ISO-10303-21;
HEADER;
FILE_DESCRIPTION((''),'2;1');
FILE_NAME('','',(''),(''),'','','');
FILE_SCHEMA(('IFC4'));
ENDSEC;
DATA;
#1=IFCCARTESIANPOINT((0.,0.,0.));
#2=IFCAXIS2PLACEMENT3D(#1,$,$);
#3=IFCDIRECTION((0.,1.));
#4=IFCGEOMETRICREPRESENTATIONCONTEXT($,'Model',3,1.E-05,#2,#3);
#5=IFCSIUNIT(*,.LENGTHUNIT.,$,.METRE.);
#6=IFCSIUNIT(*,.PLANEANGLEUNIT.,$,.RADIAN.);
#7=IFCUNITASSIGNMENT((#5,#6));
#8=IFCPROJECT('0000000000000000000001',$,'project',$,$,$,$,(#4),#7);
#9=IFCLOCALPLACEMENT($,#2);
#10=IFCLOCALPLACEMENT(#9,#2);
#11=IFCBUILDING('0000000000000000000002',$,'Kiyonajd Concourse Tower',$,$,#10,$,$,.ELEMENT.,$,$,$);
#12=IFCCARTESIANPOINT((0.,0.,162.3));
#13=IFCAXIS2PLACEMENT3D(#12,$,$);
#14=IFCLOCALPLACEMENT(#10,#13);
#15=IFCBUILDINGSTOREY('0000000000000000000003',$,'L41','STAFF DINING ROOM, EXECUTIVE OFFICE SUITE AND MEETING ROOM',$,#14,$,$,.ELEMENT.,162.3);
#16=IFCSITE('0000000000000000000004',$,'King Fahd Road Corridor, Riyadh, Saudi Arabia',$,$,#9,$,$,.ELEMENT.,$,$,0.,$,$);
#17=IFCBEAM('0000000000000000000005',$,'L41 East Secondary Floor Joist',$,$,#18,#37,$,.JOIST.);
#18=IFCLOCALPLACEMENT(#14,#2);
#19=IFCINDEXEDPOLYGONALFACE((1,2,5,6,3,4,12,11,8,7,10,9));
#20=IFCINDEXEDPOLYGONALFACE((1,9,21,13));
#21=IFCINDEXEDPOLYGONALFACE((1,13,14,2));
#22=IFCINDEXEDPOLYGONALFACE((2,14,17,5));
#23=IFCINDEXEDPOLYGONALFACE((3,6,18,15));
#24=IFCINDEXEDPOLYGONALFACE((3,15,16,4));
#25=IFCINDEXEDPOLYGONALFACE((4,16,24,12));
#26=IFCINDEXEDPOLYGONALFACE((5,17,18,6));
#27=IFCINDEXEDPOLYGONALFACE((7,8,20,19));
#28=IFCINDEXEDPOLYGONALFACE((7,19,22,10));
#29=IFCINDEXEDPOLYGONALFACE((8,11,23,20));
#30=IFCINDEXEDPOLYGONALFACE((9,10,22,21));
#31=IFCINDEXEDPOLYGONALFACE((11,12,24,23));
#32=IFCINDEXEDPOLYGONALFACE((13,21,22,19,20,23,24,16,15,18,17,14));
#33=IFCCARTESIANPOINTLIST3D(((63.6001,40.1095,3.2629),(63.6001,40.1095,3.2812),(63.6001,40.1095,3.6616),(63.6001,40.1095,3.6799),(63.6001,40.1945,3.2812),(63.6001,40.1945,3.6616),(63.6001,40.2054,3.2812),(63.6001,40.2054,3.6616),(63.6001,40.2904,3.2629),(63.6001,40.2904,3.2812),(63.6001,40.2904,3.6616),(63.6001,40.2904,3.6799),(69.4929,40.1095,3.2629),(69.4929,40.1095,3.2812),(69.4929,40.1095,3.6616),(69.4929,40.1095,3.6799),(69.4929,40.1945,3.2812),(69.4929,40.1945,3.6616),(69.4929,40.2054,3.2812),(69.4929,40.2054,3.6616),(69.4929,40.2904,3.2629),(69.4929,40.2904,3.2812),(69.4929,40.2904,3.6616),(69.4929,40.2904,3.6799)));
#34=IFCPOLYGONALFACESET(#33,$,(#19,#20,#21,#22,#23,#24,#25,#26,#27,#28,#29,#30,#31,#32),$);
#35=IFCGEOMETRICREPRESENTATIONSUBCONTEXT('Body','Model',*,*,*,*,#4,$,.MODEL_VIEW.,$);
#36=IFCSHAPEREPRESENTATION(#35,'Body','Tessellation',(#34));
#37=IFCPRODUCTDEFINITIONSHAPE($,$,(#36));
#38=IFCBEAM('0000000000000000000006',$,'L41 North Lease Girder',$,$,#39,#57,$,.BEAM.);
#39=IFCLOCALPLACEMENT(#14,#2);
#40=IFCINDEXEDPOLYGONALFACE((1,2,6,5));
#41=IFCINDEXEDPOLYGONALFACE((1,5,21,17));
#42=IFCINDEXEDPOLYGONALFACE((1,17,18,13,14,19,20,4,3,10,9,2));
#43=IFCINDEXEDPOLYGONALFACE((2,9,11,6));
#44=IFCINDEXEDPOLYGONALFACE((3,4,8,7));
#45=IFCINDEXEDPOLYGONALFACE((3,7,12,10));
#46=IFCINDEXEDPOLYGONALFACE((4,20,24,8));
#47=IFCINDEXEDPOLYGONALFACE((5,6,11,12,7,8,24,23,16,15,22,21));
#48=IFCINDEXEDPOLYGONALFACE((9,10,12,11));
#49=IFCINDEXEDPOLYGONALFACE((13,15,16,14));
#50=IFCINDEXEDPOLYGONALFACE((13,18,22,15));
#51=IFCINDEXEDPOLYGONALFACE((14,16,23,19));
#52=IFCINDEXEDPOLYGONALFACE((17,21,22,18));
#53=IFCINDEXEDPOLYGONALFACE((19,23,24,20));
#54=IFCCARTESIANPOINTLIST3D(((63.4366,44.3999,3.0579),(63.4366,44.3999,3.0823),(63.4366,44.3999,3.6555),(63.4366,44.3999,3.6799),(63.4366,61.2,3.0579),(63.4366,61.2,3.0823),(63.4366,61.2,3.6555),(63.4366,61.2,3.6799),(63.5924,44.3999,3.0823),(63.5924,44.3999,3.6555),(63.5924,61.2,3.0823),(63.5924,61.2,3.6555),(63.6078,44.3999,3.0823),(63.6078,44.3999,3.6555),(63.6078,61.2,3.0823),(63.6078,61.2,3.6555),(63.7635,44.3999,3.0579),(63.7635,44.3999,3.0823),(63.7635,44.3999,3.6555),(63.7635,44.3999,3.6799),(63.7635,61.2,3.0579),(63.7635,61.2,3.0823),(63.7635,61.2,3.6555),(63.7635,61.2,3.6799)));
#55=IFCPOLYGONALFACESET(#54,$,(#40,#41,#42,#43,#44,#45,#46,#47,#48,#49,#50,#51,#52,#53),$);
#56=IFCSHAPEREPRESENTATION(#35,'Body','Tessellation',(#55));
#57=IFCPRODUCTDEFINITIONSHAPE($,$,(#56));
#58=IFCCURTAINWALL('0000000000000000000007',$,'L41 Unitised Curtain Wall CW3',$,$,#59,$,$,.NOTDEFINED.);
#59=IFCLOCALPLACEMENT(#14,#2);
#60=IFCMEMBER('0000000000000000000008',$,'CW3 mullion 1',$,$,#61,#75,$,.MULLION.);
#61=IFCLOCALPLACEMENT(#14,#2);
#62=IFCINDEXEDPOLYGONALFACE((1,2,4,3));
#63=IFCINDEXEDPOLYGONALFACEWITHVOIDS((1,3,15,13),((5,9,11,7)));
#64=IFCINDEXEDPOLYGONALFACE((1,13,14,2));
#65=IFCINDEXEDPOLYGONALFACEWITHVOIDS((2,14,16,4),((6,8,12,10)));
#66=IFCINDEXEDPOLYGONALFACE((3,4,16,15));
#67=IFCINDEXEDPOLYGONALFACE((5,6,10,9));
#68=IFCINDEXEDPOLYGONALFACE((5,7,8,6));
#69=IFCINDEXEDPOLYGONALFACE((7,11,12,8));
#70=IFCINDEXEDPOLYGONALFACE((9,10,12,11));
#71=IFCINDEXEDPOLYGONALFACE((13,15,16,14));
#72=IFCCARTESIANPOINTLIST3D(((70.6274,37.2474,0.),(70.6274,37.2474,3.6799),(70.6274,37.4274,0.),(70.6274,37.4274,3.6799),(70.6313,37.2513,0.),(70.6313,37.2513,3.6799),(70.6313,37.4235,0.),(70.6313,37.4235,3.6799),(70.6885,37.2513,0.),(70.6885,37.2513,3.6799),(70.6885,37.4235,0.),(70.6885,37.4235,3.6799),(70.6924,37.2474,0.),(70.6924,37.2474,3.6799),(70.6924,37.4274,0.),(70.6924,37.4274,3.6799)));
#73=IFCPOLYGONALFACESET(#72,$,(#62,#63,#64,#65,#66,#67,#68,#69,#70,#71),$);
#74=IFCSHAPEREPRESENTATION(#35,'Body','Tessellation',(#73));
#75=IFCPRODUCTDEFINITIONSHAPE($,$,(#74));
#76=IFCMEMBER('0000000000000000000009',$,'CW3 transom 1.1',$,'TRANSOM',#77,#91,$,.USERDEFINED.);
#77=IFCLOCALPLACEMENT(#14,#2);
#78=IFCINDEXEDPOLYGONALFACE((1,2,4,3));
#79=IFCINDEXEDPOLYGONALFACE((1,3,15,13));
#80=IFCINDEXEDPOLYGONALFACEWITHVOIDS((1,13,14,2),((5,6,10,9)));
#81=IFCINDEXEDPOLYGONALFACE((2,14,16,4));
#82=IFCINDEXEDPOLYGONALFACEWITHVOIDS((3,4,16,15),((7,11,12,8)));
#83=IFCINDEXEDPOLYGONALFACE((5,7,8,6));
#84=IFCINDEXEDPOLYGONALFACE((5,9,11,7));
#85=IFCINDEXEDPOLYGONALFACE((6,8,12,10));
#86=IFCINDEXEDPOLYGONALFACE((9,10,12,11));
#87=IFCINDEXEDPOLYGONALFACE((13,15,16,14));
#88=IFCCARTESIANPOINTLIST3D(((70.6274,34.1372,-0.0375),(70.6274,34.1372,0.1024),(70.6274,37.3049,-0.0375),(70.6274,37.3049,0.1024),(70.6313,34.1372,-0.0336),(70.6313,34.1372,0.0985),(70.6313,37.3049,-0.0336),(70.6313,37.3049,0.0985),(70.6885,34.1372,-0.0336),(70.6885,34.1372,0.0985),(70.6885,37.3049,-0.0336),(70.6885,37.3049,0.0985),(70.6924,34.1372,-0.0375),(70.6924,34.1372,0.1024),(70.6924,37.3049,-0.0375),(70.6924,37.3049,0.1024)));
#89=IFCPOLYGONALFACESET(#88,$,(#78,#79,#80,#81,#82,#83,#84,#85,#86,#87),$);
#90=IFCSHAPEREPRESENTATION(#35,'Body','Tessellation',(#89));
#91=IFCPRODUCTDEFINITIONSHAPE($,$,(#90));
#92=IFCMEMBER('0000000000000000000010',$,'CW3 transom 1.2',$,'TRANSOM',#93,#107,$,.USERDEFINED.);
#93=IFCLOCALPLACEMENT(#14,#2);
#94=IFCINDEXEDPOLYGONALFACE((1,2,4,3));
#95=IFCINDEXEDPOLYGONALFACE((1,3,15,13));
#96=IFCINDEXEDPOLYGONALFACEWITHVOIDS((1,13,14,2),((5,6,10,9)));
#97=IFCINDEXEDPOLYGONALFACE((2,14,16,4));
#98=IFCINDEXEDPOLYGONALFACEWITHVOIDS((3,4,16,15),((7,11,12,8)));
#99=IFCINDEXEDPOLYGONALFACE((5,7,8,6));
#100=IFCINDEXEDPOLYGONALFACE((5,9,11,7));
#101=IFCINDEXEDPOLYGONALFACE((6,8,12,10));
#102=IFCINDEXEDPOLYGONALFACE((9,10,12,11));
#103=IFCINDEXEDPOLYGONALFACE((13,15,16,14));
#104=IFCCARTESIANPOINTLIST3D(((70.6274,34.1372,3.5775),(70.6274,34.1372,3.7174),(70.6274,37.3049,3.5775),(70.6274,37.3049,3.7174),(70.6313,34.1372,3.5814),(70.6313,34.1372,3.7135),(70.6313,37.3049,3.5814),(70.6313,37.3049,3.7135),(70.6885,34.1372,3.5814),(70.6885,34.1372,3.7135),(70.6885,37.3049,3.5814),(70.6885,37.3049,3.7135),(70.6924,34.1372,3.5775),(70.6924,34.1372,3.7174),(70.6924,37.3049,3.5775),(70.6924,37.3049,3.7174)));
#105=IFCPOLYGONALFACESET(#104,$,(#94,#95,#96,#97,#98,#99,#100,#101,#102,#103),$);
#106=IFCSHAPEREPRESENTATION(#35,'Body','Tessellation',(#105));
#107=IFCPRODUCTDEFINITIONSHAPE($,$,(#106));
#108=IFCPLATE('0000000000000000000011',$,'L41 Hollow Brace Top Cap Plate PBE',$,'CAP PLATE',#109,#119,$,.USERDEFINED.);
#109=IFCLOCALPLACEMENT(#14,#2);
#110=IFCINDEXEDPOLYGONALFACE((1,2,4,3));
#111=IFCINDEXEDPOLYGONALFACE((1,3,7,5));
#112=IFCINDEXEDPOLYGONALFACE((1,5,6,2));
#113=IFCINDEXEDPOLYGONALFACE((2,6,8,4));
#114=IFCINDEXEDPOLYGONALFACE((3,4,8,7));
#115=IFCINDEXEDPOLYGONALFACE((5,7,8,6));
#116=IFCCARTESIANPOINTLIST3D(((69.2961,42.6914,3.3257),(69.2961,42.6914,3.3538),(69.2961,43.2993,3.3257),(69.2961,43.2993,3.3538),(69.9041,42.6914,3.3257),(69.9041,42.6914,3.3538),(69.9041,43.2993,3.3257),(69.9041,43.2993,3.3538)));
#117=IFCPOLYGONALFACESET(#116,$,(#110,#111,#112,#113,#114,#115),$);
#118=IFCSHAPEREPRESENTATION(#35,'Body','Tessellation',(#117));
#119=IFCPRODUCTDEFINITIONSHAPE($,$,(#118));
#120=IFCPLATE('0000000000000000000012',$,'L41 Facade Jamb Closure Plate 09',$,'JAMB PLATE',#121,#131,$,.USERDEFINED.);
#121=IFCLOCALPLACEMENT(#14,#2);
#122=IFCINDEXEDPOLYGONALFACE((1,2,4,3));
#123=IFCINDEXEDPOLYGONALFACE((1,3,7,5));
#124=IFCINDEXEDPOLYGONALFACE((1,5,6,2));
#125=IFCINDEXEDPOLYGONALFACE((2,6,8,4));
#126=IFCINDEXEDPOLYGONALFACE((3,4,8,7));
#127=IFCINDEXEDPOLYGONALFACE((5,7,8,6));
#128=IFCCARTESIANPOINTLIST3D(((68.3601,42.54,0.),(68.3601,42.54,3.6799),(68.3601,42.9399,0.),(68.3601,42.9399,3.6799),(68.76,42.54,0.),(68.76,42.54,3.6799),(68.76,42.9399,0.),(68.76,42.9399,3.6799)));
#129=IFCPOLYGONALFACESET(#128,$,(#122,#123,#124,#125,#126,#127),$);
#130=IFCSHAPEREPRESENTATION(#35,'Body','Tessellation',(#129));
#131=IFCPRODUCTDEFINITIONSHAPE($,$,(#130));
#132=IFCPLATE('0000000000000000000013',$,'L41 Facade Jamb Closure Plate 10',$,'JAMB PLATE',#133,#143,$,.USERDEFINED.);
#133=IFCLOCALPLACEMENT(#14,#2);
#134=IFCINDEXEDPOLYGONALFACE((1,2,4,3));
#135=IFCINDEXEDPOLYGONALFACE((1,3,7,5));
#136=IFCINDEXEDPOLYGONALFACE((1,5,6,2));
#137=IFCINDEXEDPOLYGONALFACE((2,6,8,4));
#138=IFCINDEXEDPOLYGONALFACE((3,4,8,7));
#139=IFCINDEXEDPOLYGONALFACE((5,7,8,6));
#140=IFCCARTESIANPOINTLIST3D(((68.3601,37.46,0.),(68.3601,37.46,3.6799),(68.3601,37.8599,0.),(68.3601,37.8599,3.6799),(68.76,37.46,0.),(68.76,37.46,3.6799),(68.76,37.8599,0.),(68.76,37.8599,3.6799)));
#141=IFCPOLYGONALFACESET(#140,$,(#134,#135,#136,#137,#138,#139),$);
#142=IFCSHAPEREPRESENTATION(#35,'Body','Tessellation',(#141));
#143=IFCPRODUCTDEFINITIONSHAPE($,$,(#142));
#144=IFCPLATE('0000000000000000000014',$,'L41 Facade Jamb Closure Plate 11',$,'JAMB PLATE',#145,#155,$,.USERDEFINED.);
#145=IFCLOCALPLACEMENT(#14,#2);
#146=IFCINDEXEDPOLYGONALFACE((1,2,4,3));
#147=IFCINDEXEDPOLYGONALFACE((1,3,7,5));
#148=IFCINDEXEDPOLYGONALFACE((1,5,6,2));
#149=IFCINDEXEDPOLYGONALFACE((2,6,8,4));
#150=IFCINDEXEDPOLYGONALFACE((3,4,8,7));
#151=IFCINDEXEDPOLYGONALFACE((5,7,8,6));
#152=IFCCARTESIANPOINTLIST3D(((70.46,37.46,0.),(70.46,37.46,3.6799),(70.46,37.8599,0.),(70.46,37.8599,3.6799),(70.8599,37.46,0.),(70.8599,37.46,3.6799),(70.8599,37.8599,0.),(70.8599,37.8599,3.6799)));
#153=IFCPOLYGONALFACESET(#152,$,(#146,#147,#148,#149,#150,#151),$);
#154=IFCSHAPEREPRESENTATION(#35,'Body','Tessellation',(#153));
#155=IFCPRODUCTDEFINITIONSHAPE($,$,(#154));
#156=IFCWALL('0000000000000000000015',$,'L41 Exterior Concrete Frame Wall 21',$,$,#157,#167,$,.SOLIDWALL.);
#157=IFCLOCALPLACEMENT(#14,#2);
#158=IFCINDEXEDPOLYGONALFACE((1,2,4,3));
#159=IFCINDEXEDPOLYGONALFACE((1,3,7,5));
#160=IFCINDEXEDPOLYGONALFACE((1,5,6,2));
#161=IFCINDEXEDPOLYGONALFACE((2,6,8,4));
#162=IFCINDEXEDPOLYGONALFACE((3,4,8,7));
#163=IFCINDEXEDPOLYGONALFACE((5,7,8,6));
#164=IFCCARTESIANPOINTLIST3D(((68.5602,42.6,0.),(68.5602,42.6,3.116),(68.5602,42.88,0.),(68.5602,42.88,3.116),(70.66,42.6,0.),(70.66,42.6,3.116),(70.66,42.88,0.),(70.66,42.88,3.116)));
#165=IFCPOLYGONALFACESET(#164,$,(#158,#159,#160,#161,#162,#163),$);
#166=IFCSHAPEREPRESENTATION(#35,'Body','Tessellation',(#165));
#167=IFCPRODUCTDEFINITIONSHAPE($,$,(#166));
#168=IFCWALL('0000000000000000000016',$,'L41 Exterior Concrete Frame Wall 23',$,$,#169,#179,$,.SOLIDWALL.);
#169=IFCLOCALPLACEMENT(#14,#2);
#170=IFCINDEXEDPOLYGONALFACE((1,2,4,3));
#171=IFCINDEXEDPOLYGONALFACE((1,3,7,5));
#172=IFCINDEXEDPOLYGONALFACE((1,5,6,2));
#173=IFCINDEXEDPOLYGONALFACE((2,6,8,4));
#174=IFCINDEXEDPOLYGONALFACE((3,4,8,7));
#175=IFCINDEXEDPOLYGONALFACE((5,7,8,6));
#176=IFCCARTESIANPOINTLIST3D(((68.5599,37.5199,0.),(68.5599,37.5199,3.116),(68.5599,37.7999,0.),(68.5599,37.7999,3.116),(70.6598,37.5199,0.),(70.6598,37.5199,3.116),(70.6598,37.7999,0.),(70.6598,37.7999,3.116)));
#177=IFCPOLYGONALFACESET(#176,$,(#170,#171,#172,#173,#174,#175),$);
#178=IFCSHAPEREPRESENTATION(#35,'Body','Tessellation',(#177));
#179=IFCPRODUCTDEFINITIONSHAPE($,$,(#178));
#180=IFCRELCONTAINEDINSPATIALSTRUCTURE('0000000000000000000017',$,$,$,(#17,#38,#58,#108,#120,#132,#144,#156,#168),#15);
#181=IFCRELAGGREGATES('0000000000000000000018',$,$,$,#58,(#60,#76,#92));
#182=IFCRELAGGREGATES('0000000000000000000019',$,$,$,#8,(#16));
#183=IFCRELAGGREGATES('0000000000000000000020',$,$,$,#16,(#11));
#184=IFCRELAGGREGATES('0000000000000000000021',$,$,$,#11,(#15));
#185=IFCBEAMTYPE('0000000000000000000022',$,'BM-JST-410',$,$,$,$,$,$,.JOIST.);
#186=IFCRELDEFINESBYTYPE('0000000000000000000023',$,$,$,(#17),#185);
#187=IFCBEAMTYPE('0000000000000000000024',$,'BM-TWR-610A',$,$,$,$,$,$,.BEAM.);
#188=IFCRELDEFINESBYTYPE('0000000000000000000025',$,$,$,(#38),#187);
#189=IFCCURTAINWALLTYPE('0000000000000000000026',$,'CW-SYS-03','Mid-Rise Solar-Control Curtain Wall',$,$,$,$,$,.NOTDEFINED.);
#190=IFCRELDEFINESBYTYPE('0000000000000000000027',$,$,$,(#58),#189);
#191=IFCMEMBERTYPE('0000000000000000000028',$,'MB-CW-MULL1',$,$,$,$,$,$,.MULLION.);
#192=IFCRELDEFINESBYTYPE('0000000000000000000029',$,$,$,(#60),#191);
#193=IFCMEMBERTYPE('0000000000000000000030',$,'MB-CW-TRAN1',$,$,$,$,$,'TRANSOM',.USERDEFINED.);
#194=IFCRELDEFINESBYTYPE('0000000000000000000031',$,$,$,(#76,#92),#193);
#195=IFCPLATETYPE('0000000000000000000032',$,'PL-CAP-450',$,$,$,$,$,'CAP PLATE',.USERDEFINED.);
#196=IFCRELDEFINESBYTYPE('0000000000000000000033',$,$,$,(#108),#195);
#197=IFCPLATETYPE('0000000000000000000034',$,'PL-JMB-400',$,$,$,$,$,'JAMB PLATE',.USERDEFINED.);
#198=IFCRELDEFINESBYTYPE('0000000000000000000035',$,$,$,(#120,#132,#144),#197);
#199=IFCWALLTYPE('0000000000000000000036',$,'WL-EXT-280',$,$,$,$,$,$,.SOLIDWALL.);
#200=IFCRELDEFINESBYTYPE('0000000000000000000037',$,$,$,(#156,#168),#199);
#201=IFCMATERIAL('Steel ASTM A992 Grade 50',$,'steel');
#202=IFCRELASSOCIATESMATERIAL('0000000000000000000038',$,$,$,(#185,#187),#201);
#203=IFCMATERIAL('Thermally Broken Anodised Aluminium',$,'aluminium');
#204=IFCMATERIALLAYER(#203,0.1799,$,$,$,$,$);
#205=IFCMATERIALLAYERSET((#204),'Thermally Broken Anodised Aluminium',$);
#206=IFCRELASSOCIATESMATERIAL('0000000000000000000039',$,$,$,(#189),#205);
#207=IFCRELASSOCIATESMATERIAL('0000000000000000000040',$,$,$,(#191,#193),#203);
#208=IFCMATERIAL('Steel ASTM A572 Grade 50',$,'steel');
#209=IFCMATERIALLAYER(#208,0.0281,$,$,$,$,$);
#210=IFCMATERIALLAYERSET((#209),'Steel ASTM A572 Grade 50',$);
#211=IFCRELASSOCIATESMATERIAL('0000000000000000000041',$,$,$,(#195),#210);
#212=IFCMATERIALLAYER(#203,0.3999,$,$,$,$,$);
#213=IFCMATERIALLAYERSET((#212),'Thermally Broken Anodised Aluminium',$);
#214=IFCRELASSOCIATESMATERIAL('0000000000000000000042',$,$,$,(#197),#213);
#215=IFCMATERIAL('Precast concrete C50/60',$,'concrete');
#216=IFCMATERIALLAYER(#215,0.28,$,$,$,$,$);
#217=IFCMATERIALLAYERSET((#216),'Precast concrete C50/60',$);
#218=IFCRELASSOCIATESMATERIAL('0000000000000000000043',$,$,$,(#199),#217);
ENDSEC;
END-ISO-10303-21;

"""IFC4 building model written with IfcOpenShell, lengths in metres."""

from ifc_helpers import new_model, si_unit, direction, frame, frame_2d, origin, origin_2d, place, context, subcontext, project, spatial, rectangle, hollow_rectangle, i_section, extrude, material, layer, layer_set, material_profile, profile_set, type_object, element, aggregate, save


model = new_model("IFC4")

# Units and contexts
model_context = context("Model", 3, precision=1e-05, world=origin(), true_north=direction((0.0, 1.0)))
body_context = subcontext(model_context, "Body", "Model", "MODEL_VIEW")
ifc_project = project(units=[si_unit("LENGTHUNIT", "METRE"), si_unit("PLANEANGLEUNIT", "RADIAN")], contexts=[model_context])

# Site, building, storey
site_placement = place(None, origin())
site = spatial("IfcSite", under=ifc_project, at=site_placement, Name="King Fahd Road Corridor, Riyadh, Saudi Arabia", CompositionType="ELEMENT", RefElevation=0.0)
building_placement = place(site_placement, origin())
building = spatial("IfcBuilding", under=site, at=building_placement, Name="Kiyonajd Concourse Tower", CompositionType="ELEMENT")
storey_placement = place(building_placement, frame((0.0, 0.0, 162.3)))
storey = spatial("IfcBuildingStorey", under=building, at=storey_placement, Name="L41", Description="STAFF DINING ROOM, EXECUTIVE OFFICE SUITE AND MEETING ROOM", CompositionType="ELEMENT", Elevation=162.3)

# Beams
ifc_material_1 = material(Name="Steel ASTM A992 Grade 50", Category="steel")
ifc_material_profile_1 = material_profile(ifc_material_1, i_section(OverallWidth=0.1809, OverallDepth=0.417, WebThickness=0.011, FlangeThickness=0.0183, at=origin_2d()), Name="W410X85")
ifc_profile_set_1 = profile_set([ifc_material_profile_1], Name="Steel ASTM A992 Grade 50")
beam_type_1 = type_object("IfcBeamType", Name="BM-JST-410", PredefinedType="JOIST", material=ifc_profile_set_1)
beam_1_placement = place(storey_placement, frame((63.6001, 40.2, 3.4714), z_axis=(1.0, 0.0, 0.0), x_axis=(0.0, 1.0, 0.0)))
element("IfcBeam", 1, at=beam_1_placement, inside=storey, type_object=beam_type_1, Name="L41 East Secondary Floor Joist", PredefinedType="JOIST", context=body_context, shape_type="SweptSolid", body=[
    extrude(i_section(OverallWidth=0.1809, OverallDepth=0.417, WebThickness=0.011, FlangeThickness=0.0183, at=origin_2d()), origin(), (0.0, 0.0, 1.0), 5.8928),
])
ifc_material_profile_2 = material_profile(ifc_material_1, i_section(OverallWidth=0.3269, OverallDepth=0.6221, WebThickness=0.0154, FlangeThickness=0.0244, at=origin_2d()), Name="W610X195")
ifc_profile_set_2 = profile_set([ifc_material_profile_2], Name="Steel ASTM A992 Grade 50")
beam_type_2 = type_object("IfcBeamType", Name="BM-TWR-610A", PredefinedType="BEAM", material=ifc_profile_set_2)
beam_2_placement = place(storey_placement, frame((63.6001, 44.3999, 3.3689), z_axis=(0.0, 1.0, 0.0), x_axis=(-1.0, 0.0, 0.0)))
element("IfcBeam", 2, at=beam_2_placement, inside=storey, type_object=beam_type_2, Name="L41 North Lease Girder", PredefinedType="BEAM", context=body_context, shape_type="SweptSolid", body=[
    extrude(i_section(OverallWidth=0.3269, OverallDepth=0.6221, WebThickness=0.0154, FlangeThickness=0.0244, at=origin_2d()), origin(), (0.0, 0.0, 1.0), 16.8),
])

# Curtain wall, members
ifc_material_2 = material(Name="Thermally Broken Anodised Aluminium", Category="aluminium")
ifc_layer_1 = layer(ifc_material_2, 0.1799)
ifc_layer_set_1 = layer_set([ifc_layer_1], Name="Thermally Broken Anodised Aluminium")
curtain_wall_type = type_object("IfcCurtainWallType", Name="CW-SYS-03", Description="Mid-Rise Solar-Control Curtain Wall", PredefinedType="NOTDEFINED", material=ifc_layer_set_1)
curtain_wall_placement = place(storey_placement, origin())
curtain_wall = element("IfcCurtainWall", 3, at=curtain_wall_placement, inside=storey, type_object=curtain_wall_type, Name="L41 Unitised Curtain Wall CW3", PredefinedType="NOTDEFINED")
ifc_material_profile_3 = material_profile(ifc_material_2, hollow_rectangle(XDim=0.0649, YDim=0.1799, WallThickness=0.0039, at=origin_2d()), Name="MULL-65x180")
ifc_profile_set_3 = profile_set([ifc_material_profile_3], Name="Thermally Broken Anodised Aluminium")
member_type_1 = type_object("IfcMemberType", Name="MB-CW-MULL1", PredefinedType="MULLION", material=ifc_profile_set_3)
member_1_placement = place(storey_placement, frame((70.6599, 37.3374, 0.0), z_axis=(0.0, 0.0, 1.0), x_axis=(1.0, 0.0, 0.0)))
member_1 = element("IfcMember", 4, at=member_1_placement, type_object=member_type_1, Name="CW3 mullion 1", PredefinedType="MULLION", context=body_context, shape_type="SweptSolid", body=[
    extrude(hollow_rectangle(XDim=0.0649, YDim=0.1799, WallThickness=0.0039, at=origin_2d()), origin(), (0.0, 0.0, 1.0), 3.6799),
])
ifc_material_profile_4 = material_profile(ifc_material_2, hollow_rectangle(XDim=0.0649, YDim=0.1399, WallThickness=0.0039, at=origin_2d()), Name="TRAN-65x140")
ifc_profile_set_4 = profile_set([ifc_material_profile_4], Name="Thermally Broken Anodised Aluminium")
member_type_2 = type_object("IfcMemberType", Name="MB-CW-TRAN1", ElementType="TRANSOM", PredefinedType="USERDEFINED", material=ifc_profile_set_4)
member_2_placement = place(storey_placement, frame((70.6599, 37.3049, 0.0325), z_axis=(0.0, -1.0, 0.0), x_axis=(1.0, 0.0, 0.0)))
member_2 = element("IfcMember", 5, at=member_2_placement, type_object=member_type_2, Name="CW3 transom 1.1", ObjectType="TRANSOM", PredefinedType="USERDEFINED", context=body_context, shape_type="SweptSolid", body=[
    extrude(hollow_rectangle(XDim=0.0649, YDim=0.1399, WallThickness=0.0039, at=origin_2d()), origin(), (0.0, 0.0, 1.0), 3.1677),
])
member_3_placement = place(storey_placement, frame((70.6599, 37.3049, 3.6475), z_axis=(0.0, -1.0, 0.0), x_axis=(1.0, 0.0, 0.0)))
member_3 = element("IfcMember", 6, at=member_3_placement, type_object=member_type_2, Name="CW3 transom 1.2", ObjectType="TRANSOM", PredefinedType="USERDEFINED", context=body_context, shape_type="SweptSolid", body=[
    extrude(hollow_rectangle(XDim=0.0649, YDim=0.1399, WallThickness=0.0039, at=origin_2d()), origin(), (0.0, 0.0, 1.0), 3.1677),
])
aggregate(curtain_wall, [member_1, member_2, member_3])

# Plates
ifc_material_3 = material(Name="Steel ASTM A572 Grade 50", Category="steel")
ifc_layer_2 = layer(ifc_material_3, 0.0281)
ifc_layer_set_2 = layer_set([ifc_layer_2], Name="Steel ASTM A572 Grade 50")
plate_type_1 = type_object("IfcPlateType", Name="PL-CAP-450", ElementType="CAP PLATE", PredefinedType="USERDEFINED", material=ifc_layer_set_2)
plate_placement = place(storey_placement, frame((69.6001, 42.9954, 3.3257), z_axis=(0.0, 0.0, 1.0), x_axis=(1.0, 0.0, 0.0)))
element("IfcPlate", 7, at=plate_placement, inside=storey, type_object=plate_type_1, Name="L41 Hollow Brace Top Cap Plate PBE", ObjectType="CAP PLATE", PredefinedType="USERDEFINED", context=body_context, shape_type="SweptSolid", body=[
    extrude(rectangle(XDim=0.6079, YDim=0.6079, at=origin_2d()), origin(), (0.0, 0.0, 1.0), 0.0281),
])
ifc_layer_3 = layer(ifc_material_2, 0.3999)
ifc_layer_set_3 = layer_set([ifc_layer_3], Name="Thermally Broken Anodised Aluminium")
plate_type_2 = type_object("IfcPlateType", Name="PL-JMB-400", ElementType="JAMB PLATE", PredefinedType="USERDEFINED", material=ifc_layer_set_3)
for number, where, z_axis, x_axis, name in (
    (8, (68.5601, 42.74, 0.0), (0.0, 0.0, 1.0), (1.0, 0.0, 0.0), "L41 Facade Jamb Closure Plate 09"),
    (9, (68.5601, 37.6599, 0.0), (0.0, 0.0, 1.0), (1.0, 0.0, 0.0), "L41 Facade Jamb Closure Plate 10"),
    (10, (70.6599, 37.6599, 0.0), (0.0, 0.0, 1.0), (1.0, 0.0, 0.0), "L41 Facade Jamb Closure Plate 11"),
):
    element("IfcPlate", number, at=place(storey_placement, frame(where, z_axis=z_axis, x_axis=x_axis)), inside=storey, type_object=plate_type_2, Name=name, ObjectType="JAMB PLATE", PredefinedType="USERDEFINED", context=body_context, shape_type="SweptSolid", body=[
        extrude(rectangle(XDim=0.3999, YDim=0.3999, at=origin_2d()), origin(), (0.0, 0.0, 1.0), 3.6799),
    ])

# Walls
ifc_material_4 = material(Name="Precast concrete C50/60", Category="concrete")
ifc_layer_4 = layer(ifc_material_4, 0.28)
ifc_layer_set_4 = layer_set([ifc_layer_4], Name="Precast concrete C50/60")
wall_type_1 = type_object("IfcWallType", Name="WL-EXT-280", PredefinedType="SOLIDWALL", material=ifc_layer_set_4)
for number, where, z_axis, x_axis, name in (
    (11, (70.6599, 42.74, 0.0), (0.0, 0.0, 1.0), (-1.0, 0.0, 0.0), "L41 Exterior Concrete Frame Wall 21"),
    (12, (68.5601, 37.6599, 0.0), (0.0, 0.0, 1.0), (1.0, 0.0, 0.0), "L41 Exterior Concrete Frame Wall 23"),
):
    element("IfcWall", number, at=place(storey_placement, frame(where, z_axis=z_axis, x_axis=x_axis)), inside=storey, type_object=wall_type_1, Name=name, PredefinedType="SOLIDWALL", context=body_context, shape_type="SweptSolid", body=[
        extrude(rectangle(XDim=2.0999, YDim=0.28, at=frame_2d((1.0498, 0.0))), origin(), (0.0, 0.0, 1.0), 3.116),
    ])

save(model, "model.ifc")
